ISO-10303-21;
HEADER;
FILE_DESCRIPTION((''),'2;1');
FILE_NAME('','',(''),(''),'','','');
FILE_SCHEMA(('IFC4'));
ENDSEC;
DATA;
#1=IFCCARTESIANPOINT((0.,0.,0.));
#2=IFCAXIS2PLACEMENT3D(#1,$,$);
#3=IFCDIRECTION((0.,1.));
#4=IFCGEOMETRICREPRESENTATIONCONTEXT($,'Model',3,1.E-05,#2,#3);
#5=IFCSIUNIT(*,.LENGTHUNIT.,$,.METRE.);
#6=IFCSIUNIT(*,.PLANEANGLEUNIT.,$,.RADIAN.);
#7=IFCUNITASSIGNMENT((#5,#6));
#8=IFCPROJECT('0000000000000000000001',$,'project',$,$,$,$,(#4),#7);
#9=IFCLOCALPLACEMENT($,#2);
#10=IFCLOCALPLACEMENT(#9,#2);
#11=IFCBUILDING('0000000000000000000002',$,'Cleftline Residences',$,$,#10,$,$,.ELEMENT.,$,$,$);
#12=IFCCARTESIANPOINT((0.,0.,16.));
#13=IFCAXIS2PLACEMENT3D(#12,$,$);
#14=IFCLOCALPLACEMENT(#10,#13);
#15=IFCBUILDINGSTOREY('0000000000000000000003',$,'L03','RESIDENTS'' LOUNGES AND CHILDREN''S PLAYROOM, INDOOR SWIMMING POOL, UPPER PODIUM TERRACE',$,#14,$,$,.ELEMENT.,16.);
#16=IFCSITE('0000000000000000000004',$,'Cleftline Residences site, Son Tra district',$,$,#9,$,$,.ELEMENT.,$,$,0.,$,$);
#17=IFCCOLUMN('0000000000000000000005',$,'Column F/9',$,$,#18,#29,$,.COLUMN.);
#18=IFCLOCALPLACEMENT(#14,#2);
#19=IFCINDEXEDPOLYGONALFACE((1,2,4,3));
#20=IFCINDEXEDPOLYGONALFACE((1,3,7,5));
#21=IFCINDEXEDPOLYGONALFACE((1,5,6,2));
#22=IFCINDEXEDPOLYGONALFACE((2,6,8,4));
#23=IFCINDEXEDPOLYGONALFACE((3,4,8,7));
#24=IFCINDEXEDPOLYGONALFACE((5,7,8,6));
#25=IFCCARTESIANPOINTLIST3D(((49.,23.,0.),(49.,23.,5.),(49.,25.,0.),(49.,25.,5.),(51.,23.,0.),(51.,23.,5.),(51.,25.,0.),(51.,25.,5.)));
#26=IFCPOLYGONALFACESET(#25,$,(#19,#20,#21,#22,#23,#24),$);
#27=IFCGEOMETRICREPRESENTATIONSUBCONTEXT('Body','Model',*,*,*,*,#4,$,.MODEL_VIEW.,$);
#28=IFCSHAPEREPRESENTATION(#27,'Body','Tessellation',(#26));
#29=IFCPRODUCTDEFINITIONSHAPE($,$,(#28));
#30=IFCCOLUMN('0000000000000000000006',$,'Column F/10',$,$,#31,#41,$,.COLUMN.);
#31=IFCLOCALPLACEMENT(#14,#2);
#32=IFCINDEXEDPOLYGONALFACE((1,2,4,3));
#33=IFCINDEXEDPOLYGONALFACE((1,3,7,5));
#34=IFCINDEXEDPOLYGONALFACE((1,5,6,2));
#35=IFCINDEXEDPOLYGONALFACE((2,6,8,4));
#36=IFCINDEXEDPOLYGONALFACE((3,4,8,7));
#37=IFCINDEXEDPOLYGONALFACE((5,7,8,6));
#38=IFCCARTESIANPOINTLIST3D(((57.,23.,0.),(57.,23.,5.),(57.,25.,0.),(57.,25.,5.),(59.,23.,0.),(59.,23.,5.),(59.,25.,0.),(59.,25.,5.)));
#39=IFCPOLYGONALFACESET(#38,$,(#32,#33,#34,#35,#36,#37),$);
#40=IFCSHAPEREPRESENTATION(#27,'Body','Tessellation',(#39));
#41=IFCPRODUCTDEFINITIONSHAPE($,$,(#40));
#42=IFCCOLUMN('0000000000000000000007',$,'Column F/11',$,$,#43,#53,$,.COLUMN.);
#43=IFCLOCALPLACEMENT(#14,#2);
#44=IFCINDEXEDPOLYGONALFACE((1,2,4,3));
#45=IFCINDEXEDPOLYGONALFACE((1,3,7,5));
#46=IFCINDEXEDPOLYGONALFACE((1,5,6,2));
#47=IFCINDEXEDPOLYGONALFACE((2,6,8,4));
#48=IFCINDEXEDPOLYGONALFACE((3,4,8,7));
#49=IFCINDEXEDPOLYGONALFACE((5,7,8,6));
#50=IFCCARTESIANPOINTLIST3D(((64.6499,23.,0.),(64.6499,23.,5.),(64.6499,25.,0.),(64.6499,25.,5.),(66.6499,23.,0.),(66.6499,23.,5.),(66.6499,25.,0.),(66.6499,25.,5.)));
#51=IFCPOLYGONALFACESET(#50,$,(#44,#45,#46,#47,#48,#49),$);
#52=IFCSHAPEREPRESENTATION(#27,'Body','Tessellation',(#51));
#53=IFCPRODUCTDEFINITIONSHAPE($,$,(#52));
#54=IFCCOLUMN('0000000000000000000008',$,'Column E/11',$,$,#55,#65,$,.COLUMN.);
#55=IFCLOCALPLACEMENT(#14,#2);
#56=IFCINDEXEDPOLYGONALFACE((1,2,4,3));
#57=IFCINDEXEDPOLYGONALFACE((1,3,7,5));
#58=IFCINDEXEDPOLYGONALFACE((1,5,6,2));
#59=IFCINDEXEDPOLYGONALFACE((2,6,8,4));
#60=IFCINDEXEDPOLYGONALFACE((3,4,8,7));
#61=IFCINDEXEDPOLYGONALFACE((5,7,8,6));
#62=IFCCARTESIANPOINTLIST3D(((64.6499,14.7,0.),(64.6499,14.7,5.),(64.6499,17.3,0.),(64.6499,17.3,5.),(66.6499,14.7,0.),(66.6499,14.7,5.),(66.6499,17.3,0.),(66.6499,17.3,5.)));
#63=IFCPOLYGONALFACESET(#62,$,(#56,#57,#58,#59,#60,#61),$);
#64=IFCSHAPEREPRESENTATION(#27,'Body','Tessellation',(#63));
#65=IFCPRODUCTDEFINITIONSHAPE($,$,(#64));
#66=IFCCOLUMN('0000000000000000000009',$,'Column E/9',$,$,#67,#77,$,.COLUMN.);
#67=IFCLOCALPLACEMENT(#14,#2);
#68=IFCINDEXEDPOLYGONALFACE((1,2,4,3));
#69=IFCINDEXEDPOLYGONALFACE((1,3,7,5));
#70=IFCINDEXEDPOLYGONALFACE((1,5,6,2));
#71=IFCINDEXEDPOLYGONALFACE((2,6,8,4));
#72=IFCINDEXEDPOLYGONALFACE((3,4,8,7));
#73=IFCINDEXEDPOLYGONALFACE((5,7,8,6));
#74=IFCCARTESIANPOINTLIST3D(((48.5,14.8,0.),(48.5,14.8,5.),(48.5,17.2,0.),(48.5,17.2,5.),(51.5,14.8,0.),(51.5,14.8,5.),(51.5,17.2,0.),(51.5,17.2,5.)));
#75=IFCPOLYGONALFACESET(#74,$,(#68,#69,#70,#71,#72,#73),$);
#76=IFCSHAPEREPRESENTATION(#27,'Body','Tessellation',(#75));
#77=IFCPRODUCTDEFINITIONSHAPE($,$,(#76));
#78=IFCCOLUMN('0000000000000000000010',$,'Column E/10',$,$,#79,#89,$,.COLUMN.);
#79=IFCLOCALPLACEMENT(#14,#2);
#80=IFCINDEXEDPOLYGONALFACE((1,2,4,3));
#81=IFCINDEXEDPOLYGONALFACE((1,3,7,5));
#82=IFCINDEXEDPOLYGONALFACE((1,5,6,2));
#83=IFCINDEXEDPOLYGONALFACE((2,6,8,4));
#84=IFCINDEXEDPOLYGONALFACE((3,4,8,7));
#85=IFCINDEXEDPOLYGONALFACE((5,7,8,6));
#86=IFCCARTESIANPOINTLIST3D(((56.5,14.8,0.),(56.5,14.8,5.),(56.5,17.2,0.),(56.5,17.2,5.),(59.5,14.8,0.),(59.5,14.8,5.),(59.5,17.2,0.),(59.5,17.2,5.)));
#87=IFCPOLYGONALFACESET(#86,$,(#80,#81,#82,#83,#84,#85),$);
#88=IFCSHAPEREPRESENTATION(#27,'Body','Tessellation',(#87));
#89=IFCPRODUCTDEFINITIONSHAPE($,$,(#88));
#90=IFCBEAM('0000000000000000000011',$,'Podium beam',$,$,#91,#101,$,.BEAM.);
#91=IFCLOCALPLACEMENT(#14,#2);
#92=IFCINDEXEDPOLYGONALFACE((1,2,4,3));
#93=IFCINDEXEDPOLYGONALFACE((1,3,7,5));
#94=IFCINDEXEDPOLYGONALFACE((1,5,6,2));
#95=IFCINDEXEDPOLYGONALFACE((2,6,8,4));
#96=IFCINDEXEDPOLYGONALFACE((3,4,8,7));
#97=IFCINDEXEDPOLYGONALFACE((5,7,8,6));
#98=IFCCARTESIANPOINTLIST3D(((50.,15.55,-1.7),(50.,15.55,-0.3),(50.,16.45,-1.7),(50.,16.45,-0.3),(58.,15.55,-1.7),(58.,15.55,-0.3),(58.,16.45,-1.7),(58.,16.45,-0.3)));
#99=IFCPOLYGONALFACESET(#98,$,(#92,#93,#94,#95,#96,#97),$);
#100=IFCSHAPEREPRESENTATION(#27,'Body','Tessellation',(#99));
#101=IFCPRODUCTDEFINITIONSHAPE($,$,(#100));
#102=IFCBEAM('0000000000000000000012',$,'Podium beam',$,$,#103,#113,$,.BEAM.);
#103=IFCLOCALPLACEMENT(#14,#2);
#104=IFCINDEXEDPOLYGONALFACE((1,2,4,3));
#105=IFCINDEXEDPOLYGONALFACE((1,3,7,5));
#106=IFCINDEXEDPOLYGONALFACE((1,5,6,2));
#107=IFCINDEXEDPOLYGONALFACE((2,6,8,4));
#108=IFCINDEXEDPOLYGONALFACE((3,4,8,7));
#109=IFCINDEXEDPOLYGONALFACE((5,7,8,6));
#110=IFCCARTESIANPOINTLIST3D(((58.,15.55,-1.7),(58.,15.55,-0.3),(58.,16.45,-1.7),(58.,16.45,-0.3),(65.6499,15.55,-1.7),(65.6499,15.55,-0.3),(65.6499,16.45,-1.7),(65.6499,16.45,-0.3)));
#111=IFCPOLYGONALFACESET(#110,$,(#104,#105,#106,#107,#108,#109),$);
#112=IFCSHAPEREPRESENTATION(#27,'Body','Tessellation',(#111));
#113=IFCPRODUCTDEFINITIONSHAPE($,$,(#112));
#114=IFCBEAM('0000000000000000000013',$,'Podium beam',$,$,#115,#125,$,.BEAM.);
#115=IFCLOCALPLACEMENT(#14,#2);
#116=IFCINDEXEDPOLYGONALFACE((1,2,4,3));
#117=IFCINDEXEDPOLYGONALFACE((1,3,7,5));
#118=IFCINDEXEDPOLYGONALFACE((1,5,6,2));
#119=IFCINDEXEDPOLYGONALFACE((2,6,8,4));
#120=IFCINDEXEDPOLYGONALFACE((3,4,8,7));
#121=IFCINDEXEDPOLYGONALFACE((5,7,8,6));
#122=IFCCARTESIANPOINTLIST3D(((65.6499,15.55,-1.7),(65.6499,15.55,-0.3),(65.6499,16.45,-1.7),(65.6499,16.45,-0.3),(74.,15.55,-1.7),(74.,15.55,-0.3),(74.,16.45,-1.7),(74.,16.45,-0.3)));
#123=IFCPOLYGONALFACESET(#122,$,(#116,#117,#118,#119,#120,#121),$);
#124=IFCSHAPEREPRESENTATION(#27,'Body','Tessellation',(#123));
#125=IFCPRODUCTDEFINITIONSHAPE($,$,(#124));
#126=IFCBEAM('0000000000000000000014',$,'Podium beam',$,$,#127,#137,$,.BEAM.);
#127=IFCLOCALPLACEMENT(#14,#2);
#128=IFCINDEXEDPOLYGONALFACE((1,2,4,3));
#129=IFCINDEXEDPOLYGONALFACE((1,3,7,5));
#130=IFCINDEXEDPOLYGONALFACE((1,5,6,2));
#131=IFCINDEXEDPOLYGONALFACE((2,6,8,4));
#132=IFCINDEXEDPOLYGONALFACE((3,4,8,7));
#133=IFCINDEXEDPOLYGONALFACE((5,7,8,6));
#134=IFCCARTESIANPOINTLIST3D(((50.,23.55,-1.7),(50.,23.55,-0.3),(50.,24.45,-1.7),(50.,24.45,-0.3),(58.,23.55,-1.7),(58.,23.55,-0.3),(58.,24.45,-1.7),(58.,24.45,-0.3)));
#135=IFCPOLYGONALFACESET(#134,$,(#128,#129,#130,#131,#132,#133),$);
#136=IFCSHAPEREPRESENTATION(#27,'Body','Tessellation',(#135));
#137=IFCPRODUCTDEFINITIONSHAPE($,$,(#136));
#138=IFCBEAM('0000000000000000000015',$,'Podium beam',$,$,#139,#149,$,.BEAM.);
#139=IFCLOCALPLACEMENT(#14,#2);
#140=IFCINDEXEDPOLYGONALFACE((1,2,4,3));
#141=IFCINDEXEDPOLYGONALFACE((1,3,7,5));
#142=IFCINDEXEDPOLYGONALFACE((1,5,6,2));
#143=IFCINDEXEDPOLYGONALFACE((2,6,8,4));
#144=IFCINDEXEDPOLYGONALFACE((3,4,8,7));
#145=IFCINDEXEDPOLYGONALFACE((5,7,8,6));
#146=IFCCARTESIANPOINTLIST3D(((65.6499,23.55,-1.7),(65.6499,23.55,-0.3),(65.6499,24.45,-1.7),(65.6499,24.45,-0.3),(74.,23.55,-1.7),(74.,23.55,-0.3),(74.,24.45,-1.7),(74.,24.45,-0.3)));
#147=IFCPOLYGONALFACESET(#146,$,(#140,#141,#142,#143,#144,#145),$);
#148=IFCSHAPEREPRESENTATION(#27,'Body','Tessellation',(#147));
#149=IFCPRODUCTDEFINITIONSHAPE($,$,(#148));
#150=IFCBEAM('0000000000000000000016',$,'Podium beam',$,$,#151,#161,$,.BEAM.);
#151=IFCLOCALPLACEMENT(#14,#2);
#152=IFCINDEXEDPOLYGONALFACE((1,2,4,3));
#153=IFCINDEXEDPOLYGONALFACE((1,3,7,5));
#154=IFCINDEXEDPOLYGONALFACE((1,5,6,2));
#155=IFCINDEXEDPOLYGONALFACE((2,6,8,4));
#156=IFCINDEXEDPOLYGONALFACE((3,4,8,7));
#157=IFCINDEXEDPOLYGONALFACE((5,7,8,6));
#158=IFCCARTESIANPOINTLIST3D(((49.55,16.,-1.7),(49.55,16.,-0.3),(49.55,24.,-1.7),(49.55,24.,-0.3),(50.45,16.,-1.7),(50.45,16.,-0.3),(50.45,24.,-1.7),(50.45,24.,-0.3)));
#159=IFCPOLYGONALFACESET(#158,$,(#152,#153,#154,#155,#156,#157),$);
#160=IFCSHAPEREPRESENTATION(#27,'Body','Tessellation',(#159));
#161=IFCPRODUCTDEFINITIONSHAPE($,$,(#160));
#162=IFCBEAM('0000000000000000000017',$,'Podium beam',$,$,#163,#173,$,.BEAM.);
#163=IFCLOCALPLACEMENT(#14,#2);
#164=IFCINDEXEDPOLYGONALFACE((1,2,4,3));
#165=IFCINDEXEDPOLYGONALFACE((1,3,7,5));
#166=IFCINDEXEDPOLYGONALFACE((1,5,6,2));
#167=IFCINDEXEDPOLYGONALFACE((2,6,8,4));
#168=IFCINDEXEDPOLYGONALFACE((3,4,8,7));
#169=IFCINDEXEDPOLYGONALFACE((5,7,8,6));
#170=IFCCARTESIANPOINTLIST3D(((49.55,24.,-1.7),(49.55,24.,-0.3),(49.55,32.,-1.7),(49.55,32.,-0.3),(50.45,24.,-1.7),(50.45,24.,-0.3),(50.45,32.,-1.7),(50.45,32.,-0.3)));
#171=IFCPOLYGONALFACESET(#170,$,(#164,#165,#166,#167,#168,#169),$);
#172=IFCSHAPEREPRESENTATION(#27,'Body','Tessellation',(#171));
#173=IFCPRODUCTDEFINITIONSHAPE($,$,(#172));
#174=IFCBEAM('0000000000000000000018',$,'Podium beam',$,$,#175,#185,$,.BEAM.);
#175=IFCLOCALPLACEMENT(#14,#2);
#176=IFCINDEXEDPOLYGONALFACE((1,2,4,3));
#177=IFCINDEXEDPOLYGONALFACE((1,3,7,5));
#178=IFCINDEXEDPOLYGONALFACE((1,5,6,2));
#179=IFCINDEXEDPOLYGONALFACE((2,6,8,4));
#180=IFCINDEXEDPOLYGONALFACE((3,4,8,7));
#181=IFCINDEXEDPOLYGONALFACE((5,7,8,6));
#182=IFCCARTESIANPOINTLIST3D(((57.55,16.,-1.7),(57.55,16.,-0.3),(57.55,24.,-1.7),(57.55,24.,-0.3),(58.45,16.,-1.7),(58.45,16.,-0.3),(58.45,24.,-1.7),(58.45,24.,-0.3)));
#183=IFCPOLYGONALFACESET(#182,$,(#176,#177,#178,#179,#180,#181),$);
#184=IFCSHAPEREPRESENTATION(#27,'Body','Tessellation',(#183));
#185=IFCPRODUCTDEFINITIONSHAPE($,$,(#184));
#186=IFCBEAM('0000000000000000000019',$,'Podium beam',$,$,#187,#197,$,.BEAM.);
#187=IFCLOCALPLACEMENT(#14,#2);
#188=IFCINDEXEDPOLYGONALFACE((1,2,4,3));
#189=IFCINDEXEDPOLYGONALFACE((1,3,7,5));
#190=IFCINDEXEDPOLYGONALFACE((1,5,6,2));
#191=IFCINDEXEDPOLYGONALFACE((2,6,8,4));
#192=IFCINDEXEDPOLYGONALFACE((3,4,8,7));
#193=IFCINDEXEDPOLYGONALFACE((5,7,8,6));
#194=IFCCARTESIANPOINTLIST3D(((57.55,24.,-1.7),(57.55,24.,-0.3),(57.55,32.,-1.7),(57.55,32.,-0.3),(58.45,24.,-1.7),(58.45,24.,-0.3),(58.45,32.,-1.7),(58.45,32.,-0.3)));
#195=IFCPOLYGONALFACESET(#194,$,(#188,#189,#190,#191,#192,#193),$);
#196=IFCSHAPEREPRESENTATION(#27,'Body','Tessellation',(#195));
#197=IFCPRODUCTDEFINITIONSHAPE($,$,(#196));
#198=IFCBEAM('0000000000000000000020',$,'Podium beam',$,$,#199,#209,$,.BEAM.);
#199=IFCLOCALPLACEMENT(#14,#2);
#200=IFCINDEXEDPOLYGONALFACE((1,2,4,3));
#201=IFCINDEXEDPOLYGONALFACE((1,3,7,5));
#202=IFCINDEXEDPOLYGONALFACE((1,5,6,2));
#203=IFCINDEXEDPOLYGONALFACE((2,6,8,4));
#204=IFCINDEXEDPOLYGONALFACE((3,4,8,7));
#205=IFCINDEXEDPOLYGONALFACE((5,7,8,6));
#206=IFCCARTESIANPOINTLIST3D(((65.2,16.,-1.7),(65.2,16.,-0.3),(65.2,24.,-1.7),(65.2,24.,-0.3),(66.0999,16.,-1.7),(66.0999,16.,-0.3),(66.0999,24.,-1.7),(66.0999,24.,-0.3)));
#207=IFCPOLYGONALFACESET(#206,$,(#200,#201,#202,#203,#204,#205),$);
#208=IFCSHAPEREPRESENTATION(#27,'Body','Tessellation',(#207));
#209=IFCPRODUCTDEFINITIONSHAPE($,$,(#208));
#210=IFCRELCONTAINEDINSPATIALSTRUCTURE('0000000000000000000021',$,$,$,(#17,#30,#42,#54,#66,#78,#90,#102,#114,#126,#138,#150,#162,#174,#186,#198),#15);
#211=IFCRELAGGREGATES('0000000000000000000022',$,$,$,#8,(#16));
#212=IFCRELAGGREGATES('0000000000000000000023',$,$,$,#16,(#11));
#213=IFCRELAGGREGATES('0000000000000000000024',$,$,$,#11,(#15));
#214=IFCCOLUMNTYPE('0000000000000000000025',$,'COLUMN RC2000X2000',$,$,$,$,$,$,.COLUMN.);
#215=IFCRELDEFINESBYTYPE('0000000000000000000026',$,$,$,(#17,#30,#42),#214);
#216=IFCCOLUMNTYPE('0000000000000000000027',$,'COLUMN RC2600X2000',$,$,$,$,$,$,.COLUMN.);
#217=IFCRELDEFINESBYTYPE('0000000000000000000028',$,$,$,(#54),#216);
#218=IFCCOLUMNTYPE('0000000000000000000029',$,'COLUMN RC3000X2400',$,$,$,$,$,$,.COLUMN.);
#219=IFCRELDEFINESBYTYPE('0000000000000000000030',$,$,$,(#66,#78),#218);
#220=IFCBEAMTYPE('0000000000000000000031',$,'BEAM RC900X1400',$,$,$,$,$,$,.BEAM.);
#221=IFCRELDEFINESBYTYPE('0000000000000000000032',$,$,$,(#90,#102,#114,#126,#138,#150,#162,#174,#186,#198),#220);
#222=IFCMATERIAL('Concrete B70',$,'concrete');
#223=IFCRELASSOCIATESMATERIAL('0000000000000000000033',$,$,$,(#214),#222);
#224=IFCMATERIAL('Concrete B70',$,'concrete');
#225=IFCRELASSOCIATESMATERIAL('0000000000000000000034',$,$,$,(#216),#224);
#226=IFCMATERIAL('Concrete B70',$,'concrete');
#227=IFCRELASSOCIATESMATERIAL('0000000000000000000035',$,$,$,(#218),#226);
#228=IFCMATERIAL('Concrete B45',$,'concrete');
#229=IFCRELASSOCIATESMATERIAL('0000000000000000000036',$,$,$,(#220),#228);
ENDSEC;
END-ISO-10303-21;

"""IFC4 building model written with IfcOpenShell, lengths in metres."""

from ifc_helpers import new_model, si_unit, direction, frame, origin, origin_2d, place, context, subcontext, project, spatial, rectangle, extrude, material, material_profile, profile_set, type_object, element, save


model = new_model("IFC4")

# Units and contexts
model_context = context("Model", 3, precision=1e-05, world=origin(), true_north=direction((0.0, 1.0)))
body_context = subcontext(model_context, "Body", "Model", "MODEL_VIEW")
ifc_project = project(units=[si_unit("LENGTHUNIT", "METRE"), si_unit("PLANEANGLEUNIT", "RADIAN")], contexts=[model_context])

# Site, building, storey
site_placement = place(None, origin())
site = spatial("IfcSite", under=ifc_project, at=site_placement, Name="Cleftline Residences site, Son Tra district", CompositionType="ELEMENT", RefElevation=0.0)
building_placement = place(site_placement, origin())
building = spatial("IfcBuilding", under=site, at=building_placement, Name="Cleftline Residences", CompositionType="ELEMENT")
storey_placement = place(building_placement, frame((0.0, 0.0, 16.0)))
storey = spatial("IfcBuildingStorey", under=building, at=storey_placement, Name="L03", Description="RESIDENTS' LOUNGES AND CHILDREN'S PLAYROOM, INDOOR SWIMMING POOL, UPPER PODIUM TERRACE", CompositionType="ELEMENT", Elevation=16.0)

# Columns
ifc_material_1 = material(Name="Concrete B70", Category="concrete")
ifc_material_profile_1 = material_profile(ifc_material_1, rectangle(XDim=2.0, YDim=2.0, at=origin_2d()))
ifc_profile_set_1 = profile_set([ifc_material_profile_1], Name="Concrete B70")
column_type_1 = type_object("IfcColumnType", Name="COLUMN RC2000X2000", PredefinedType="COLUMN", material=ifc_profile_set_1)
for number, where, z_axis, x_axis, name in (
    (1, (50.0, 24.0, 0.0), (0.0, 0.0, 1.0), (1.0, 0.0, 0.0), "Column F/9"),
    (2, (58.0, 24.0, 0.0), (0.0, 0.0, 1.0), (1.0, 0.0, 0.0), "Column F/10"),
    (3, (65.6499, 24.0, 0.0), (0.0, 0.0, 1.0), (1.0, 0.0, 0.0), "Column F/11"),
):
    element("IfcColumn", number, at=place(storey_placement, frame(where, z_axis=z_axis, x_axis=x_axis)), inside=storey, type_object=column_type_1, Name=name, PredefinedType="COLUMN", context=body_context, shape_type="SweptSolid", body=[
        extrude(rectangle(XDim=2.0, YDim=2.0, at=origin_2d()), origin(), (0.0, 0.0, 1.0), 5.0),
    ])
ifc_material_2 = material(Name="Concrete B70", Category="concrete")
ifc_material_profile_2 = material_profile(ifc_material_2, rectangle(XDim=2.6001, YDim=2.0, at=origin_2d()))
ifc_profile_set_2 = profile_set([ifc_material_profile_2], Name="Concrete B70")
column_type_2 = type_object("IfcColumnType", Name="COLUMN RC2600X2000", PredefinedType="COLUMN", material=ifc_profile_set_2)
column_placement = place(storey_placement, frame((65.6499, 16.0, 0.0), z_axis=(0.0, 0.0, 1.0), x_axis=(0.0, 1.0, 0.0)))
element("IfcColumn", 4, at=column_placement, inside=storey, type_object=column_type_2, Name="Column E/11", PredefinedType="COLUMN", context=body_context, shape_type="SweptSolid", body=[
    extrude(rectangle(XDim=2.6001, YDim=2.0, at=origin_2d()), origin(), (0.0, 0.0, 1.0), 5.0),
])
ifc_material_3 = material(Name="Concrete B70", Category="concrete")
ifc_material_profile_3 = material_profile(ifc_material_3, rectangle(XDim=3.0, YDim=2.3999, at=origin_2d()))
ifc_profile_set_3 = profile_set([ifc_material_profile_3], Name="Concrete B70")
column_type_3 = type_object("IfcColumnType", Name="COLUMN RC3000X2400", PredefinedType="COLUMN", material=ifc_profile_set_3)
for number, where, z_axis, x_axis, name in (
    (5, (50.0, 16.0, 0.0), (0.0, 0.0, 1.0), (1.0, 0.0, 0.0), "Column E/9"),
    (6, (58.0, 16.0, 0.0), (0.0, 0.0, 1.0), (1.0, 0.0, 0.0), "Column E/10"),
):
    element("IfcColumn", number, at=place(storey_placement, frame(where, z_axis=z_axis, x_axis=x_axis)), inside=storey, type_object=column_type_3, Name=name, PredefinedType="COLUMN", context=body_context, shape_type="SweptSolid", body=[
        extrude(rectangle(XDim=3.0, YDim=2.3999, at=origin_2d()), origin(), (0.0, 0.0, 1.0), 5.0),
    ])

# Beams
ifc_material_4 = material(Name="Concrete B45", Category="concrete")
ifc_material_profile_4 = material_profile(ifc_material_4, rectangle(XDim=0.8999, YDim=1.3999, at=origin_2d()))
ifc_profile_set_4 = profile_set([ifc_material_profile_4], Name="Concrete B45")
beam_type = type_object("IfcBeamType", Name="BEAM RC900X1400", PredefinedType="BEAM", material=ifc_profile_set_4)
beam_1_placement = place(storey_placement, frame((50.0, 16.0, -1.0), z_axis=(1.0, 0.0, 0.0), x_axis=(0.0, 1.0, 0.0)))
element("IfcBeam", 7, at=beam_1_placement, inside=storey, type_object=beam_type, Name="Podium beam", PredefinedType="BEAM", context=body_context, shape_type="SweptSolid", body=[
    extrude(rectangle(XDim=0.8999, YDim=1.3999, at=origin_2d()), origin(), (0.0, 0.0, 1.0), 8.0),
])
beam_2_placement = place(storey_placement, frame((58.0, 16.0, -1.0), z_axis=(1.0, 0.0, 0.0), x_axis=(0.0, 1.0, 0.0)))
element("IfcBeam", 8, at=beam_2_placement, inside=storey, type_object=beam_type, Name="Podium beam", PredefinedType="BEAM", context=body_context, shape_type="SweptSolid", body=[
    extrude(rectangle(XDim=0.8999, YDim=1.3999, at=origin_2d()), origin(), (0.0, 0.0, 1.0), 7.6499),
])
beam_3_placement = place(storey_placement, frame((65.6499, 16.0, -1.0), z_axis=(1.0, 0.0, 0.0), x_axis=(0.0, 1.0, 0.0)))
element("IfcBeam", 9, at=beam_3_placement, inside=storey, type_object=beam_type, Name="Podium beam", PredefinedType="BEAM", context=body_context, shape_type="SweptSolid", body=[
    extrude(rectangle(XDim=0.8999, YDim=1.3999, at=origin_2d()), origin(), (0.0, 0.0, 1.0), 8.3501),
])
beam_4_placement = place(storey_placement, frame((50.0, 24.0, -1.0), z_axis=(1.0, 0.0, 0.0), x_axis=(0.0, 1.0, 0.0)))
element("IfcBeam", 10, at=beam_4_placement, inside=storey, type_object=beam_type, Name="Podium beam", PredefinedType="BEAM", context=body_context, shape_type="SweptSolid", body=[
    extrude(rectangle(XDim=0.8999, YDim=1.3999, at=origin_2d()), origin(), (0.0, 0.0, 1.0), 8.0),
])
beam_5_placement = place(storey_placement, frame((65.6499, 24.0, -1.0), z_axis=(1.0, 0.0, 0.0), x_axis=(0.0, 1.0, 0.0)))
element("IfcBeam", 11, at=beam_5_placement, inside=storey, type_object=beam_type, Name="Podium beam", PredefinedType="BEAM", context=body_context, shape_type="SweptSolid", body=[
    extrude(rectangle(XDim=0.8999, YDim=1.3999, at=origin_2d()), origin(), (0.0, 0.0, 1.0), 8.3501),
])
for number, where, z_axis, x_axis, name in (
    (12, (50.0, 16.0, -1.0), (0.0, 1.0, 0.0), (-1.0, 0.0, 0.0), "Podium beam"),
    (13, (50.0, 24.0, -1.0), (0.0, 1.0, 0.0), (-1.0, 0.0, 0.0), "Podium beam"),
    (14, (58.0, 16.0, -1.0), (0.0, 1.0, 0.0), (-1.0, 0.0, 0.0), "Podium beam"),
    (15, (58.0, 24.0, -1.0), (0.0, 1.0, 0.0), (-1.0, 0.0, 0.0), "Podium beam"),
    (16, (65.6499, 16.0, -1.0), (0.0, 1.0, 0.0), (-1.0, 0.0, 0.0), "Podium beam"),
):
    element("IfcBeam", number, at=place(storey_placement, frame(where, z_axis=z_axis, x_axis=x_axis)), inside=storey, type_object=beam_type, Name=name, PredefinedType="BEAM", context=body_context, shape_type="SweptSolid", body=[
        extrude(rectangle(XDim=0.8999, YDim=1.3999, at=origin_2d()), origin(), (0.0, 0.0, 1.0), 8.0),
    ])

save(model, "model.ifc")
